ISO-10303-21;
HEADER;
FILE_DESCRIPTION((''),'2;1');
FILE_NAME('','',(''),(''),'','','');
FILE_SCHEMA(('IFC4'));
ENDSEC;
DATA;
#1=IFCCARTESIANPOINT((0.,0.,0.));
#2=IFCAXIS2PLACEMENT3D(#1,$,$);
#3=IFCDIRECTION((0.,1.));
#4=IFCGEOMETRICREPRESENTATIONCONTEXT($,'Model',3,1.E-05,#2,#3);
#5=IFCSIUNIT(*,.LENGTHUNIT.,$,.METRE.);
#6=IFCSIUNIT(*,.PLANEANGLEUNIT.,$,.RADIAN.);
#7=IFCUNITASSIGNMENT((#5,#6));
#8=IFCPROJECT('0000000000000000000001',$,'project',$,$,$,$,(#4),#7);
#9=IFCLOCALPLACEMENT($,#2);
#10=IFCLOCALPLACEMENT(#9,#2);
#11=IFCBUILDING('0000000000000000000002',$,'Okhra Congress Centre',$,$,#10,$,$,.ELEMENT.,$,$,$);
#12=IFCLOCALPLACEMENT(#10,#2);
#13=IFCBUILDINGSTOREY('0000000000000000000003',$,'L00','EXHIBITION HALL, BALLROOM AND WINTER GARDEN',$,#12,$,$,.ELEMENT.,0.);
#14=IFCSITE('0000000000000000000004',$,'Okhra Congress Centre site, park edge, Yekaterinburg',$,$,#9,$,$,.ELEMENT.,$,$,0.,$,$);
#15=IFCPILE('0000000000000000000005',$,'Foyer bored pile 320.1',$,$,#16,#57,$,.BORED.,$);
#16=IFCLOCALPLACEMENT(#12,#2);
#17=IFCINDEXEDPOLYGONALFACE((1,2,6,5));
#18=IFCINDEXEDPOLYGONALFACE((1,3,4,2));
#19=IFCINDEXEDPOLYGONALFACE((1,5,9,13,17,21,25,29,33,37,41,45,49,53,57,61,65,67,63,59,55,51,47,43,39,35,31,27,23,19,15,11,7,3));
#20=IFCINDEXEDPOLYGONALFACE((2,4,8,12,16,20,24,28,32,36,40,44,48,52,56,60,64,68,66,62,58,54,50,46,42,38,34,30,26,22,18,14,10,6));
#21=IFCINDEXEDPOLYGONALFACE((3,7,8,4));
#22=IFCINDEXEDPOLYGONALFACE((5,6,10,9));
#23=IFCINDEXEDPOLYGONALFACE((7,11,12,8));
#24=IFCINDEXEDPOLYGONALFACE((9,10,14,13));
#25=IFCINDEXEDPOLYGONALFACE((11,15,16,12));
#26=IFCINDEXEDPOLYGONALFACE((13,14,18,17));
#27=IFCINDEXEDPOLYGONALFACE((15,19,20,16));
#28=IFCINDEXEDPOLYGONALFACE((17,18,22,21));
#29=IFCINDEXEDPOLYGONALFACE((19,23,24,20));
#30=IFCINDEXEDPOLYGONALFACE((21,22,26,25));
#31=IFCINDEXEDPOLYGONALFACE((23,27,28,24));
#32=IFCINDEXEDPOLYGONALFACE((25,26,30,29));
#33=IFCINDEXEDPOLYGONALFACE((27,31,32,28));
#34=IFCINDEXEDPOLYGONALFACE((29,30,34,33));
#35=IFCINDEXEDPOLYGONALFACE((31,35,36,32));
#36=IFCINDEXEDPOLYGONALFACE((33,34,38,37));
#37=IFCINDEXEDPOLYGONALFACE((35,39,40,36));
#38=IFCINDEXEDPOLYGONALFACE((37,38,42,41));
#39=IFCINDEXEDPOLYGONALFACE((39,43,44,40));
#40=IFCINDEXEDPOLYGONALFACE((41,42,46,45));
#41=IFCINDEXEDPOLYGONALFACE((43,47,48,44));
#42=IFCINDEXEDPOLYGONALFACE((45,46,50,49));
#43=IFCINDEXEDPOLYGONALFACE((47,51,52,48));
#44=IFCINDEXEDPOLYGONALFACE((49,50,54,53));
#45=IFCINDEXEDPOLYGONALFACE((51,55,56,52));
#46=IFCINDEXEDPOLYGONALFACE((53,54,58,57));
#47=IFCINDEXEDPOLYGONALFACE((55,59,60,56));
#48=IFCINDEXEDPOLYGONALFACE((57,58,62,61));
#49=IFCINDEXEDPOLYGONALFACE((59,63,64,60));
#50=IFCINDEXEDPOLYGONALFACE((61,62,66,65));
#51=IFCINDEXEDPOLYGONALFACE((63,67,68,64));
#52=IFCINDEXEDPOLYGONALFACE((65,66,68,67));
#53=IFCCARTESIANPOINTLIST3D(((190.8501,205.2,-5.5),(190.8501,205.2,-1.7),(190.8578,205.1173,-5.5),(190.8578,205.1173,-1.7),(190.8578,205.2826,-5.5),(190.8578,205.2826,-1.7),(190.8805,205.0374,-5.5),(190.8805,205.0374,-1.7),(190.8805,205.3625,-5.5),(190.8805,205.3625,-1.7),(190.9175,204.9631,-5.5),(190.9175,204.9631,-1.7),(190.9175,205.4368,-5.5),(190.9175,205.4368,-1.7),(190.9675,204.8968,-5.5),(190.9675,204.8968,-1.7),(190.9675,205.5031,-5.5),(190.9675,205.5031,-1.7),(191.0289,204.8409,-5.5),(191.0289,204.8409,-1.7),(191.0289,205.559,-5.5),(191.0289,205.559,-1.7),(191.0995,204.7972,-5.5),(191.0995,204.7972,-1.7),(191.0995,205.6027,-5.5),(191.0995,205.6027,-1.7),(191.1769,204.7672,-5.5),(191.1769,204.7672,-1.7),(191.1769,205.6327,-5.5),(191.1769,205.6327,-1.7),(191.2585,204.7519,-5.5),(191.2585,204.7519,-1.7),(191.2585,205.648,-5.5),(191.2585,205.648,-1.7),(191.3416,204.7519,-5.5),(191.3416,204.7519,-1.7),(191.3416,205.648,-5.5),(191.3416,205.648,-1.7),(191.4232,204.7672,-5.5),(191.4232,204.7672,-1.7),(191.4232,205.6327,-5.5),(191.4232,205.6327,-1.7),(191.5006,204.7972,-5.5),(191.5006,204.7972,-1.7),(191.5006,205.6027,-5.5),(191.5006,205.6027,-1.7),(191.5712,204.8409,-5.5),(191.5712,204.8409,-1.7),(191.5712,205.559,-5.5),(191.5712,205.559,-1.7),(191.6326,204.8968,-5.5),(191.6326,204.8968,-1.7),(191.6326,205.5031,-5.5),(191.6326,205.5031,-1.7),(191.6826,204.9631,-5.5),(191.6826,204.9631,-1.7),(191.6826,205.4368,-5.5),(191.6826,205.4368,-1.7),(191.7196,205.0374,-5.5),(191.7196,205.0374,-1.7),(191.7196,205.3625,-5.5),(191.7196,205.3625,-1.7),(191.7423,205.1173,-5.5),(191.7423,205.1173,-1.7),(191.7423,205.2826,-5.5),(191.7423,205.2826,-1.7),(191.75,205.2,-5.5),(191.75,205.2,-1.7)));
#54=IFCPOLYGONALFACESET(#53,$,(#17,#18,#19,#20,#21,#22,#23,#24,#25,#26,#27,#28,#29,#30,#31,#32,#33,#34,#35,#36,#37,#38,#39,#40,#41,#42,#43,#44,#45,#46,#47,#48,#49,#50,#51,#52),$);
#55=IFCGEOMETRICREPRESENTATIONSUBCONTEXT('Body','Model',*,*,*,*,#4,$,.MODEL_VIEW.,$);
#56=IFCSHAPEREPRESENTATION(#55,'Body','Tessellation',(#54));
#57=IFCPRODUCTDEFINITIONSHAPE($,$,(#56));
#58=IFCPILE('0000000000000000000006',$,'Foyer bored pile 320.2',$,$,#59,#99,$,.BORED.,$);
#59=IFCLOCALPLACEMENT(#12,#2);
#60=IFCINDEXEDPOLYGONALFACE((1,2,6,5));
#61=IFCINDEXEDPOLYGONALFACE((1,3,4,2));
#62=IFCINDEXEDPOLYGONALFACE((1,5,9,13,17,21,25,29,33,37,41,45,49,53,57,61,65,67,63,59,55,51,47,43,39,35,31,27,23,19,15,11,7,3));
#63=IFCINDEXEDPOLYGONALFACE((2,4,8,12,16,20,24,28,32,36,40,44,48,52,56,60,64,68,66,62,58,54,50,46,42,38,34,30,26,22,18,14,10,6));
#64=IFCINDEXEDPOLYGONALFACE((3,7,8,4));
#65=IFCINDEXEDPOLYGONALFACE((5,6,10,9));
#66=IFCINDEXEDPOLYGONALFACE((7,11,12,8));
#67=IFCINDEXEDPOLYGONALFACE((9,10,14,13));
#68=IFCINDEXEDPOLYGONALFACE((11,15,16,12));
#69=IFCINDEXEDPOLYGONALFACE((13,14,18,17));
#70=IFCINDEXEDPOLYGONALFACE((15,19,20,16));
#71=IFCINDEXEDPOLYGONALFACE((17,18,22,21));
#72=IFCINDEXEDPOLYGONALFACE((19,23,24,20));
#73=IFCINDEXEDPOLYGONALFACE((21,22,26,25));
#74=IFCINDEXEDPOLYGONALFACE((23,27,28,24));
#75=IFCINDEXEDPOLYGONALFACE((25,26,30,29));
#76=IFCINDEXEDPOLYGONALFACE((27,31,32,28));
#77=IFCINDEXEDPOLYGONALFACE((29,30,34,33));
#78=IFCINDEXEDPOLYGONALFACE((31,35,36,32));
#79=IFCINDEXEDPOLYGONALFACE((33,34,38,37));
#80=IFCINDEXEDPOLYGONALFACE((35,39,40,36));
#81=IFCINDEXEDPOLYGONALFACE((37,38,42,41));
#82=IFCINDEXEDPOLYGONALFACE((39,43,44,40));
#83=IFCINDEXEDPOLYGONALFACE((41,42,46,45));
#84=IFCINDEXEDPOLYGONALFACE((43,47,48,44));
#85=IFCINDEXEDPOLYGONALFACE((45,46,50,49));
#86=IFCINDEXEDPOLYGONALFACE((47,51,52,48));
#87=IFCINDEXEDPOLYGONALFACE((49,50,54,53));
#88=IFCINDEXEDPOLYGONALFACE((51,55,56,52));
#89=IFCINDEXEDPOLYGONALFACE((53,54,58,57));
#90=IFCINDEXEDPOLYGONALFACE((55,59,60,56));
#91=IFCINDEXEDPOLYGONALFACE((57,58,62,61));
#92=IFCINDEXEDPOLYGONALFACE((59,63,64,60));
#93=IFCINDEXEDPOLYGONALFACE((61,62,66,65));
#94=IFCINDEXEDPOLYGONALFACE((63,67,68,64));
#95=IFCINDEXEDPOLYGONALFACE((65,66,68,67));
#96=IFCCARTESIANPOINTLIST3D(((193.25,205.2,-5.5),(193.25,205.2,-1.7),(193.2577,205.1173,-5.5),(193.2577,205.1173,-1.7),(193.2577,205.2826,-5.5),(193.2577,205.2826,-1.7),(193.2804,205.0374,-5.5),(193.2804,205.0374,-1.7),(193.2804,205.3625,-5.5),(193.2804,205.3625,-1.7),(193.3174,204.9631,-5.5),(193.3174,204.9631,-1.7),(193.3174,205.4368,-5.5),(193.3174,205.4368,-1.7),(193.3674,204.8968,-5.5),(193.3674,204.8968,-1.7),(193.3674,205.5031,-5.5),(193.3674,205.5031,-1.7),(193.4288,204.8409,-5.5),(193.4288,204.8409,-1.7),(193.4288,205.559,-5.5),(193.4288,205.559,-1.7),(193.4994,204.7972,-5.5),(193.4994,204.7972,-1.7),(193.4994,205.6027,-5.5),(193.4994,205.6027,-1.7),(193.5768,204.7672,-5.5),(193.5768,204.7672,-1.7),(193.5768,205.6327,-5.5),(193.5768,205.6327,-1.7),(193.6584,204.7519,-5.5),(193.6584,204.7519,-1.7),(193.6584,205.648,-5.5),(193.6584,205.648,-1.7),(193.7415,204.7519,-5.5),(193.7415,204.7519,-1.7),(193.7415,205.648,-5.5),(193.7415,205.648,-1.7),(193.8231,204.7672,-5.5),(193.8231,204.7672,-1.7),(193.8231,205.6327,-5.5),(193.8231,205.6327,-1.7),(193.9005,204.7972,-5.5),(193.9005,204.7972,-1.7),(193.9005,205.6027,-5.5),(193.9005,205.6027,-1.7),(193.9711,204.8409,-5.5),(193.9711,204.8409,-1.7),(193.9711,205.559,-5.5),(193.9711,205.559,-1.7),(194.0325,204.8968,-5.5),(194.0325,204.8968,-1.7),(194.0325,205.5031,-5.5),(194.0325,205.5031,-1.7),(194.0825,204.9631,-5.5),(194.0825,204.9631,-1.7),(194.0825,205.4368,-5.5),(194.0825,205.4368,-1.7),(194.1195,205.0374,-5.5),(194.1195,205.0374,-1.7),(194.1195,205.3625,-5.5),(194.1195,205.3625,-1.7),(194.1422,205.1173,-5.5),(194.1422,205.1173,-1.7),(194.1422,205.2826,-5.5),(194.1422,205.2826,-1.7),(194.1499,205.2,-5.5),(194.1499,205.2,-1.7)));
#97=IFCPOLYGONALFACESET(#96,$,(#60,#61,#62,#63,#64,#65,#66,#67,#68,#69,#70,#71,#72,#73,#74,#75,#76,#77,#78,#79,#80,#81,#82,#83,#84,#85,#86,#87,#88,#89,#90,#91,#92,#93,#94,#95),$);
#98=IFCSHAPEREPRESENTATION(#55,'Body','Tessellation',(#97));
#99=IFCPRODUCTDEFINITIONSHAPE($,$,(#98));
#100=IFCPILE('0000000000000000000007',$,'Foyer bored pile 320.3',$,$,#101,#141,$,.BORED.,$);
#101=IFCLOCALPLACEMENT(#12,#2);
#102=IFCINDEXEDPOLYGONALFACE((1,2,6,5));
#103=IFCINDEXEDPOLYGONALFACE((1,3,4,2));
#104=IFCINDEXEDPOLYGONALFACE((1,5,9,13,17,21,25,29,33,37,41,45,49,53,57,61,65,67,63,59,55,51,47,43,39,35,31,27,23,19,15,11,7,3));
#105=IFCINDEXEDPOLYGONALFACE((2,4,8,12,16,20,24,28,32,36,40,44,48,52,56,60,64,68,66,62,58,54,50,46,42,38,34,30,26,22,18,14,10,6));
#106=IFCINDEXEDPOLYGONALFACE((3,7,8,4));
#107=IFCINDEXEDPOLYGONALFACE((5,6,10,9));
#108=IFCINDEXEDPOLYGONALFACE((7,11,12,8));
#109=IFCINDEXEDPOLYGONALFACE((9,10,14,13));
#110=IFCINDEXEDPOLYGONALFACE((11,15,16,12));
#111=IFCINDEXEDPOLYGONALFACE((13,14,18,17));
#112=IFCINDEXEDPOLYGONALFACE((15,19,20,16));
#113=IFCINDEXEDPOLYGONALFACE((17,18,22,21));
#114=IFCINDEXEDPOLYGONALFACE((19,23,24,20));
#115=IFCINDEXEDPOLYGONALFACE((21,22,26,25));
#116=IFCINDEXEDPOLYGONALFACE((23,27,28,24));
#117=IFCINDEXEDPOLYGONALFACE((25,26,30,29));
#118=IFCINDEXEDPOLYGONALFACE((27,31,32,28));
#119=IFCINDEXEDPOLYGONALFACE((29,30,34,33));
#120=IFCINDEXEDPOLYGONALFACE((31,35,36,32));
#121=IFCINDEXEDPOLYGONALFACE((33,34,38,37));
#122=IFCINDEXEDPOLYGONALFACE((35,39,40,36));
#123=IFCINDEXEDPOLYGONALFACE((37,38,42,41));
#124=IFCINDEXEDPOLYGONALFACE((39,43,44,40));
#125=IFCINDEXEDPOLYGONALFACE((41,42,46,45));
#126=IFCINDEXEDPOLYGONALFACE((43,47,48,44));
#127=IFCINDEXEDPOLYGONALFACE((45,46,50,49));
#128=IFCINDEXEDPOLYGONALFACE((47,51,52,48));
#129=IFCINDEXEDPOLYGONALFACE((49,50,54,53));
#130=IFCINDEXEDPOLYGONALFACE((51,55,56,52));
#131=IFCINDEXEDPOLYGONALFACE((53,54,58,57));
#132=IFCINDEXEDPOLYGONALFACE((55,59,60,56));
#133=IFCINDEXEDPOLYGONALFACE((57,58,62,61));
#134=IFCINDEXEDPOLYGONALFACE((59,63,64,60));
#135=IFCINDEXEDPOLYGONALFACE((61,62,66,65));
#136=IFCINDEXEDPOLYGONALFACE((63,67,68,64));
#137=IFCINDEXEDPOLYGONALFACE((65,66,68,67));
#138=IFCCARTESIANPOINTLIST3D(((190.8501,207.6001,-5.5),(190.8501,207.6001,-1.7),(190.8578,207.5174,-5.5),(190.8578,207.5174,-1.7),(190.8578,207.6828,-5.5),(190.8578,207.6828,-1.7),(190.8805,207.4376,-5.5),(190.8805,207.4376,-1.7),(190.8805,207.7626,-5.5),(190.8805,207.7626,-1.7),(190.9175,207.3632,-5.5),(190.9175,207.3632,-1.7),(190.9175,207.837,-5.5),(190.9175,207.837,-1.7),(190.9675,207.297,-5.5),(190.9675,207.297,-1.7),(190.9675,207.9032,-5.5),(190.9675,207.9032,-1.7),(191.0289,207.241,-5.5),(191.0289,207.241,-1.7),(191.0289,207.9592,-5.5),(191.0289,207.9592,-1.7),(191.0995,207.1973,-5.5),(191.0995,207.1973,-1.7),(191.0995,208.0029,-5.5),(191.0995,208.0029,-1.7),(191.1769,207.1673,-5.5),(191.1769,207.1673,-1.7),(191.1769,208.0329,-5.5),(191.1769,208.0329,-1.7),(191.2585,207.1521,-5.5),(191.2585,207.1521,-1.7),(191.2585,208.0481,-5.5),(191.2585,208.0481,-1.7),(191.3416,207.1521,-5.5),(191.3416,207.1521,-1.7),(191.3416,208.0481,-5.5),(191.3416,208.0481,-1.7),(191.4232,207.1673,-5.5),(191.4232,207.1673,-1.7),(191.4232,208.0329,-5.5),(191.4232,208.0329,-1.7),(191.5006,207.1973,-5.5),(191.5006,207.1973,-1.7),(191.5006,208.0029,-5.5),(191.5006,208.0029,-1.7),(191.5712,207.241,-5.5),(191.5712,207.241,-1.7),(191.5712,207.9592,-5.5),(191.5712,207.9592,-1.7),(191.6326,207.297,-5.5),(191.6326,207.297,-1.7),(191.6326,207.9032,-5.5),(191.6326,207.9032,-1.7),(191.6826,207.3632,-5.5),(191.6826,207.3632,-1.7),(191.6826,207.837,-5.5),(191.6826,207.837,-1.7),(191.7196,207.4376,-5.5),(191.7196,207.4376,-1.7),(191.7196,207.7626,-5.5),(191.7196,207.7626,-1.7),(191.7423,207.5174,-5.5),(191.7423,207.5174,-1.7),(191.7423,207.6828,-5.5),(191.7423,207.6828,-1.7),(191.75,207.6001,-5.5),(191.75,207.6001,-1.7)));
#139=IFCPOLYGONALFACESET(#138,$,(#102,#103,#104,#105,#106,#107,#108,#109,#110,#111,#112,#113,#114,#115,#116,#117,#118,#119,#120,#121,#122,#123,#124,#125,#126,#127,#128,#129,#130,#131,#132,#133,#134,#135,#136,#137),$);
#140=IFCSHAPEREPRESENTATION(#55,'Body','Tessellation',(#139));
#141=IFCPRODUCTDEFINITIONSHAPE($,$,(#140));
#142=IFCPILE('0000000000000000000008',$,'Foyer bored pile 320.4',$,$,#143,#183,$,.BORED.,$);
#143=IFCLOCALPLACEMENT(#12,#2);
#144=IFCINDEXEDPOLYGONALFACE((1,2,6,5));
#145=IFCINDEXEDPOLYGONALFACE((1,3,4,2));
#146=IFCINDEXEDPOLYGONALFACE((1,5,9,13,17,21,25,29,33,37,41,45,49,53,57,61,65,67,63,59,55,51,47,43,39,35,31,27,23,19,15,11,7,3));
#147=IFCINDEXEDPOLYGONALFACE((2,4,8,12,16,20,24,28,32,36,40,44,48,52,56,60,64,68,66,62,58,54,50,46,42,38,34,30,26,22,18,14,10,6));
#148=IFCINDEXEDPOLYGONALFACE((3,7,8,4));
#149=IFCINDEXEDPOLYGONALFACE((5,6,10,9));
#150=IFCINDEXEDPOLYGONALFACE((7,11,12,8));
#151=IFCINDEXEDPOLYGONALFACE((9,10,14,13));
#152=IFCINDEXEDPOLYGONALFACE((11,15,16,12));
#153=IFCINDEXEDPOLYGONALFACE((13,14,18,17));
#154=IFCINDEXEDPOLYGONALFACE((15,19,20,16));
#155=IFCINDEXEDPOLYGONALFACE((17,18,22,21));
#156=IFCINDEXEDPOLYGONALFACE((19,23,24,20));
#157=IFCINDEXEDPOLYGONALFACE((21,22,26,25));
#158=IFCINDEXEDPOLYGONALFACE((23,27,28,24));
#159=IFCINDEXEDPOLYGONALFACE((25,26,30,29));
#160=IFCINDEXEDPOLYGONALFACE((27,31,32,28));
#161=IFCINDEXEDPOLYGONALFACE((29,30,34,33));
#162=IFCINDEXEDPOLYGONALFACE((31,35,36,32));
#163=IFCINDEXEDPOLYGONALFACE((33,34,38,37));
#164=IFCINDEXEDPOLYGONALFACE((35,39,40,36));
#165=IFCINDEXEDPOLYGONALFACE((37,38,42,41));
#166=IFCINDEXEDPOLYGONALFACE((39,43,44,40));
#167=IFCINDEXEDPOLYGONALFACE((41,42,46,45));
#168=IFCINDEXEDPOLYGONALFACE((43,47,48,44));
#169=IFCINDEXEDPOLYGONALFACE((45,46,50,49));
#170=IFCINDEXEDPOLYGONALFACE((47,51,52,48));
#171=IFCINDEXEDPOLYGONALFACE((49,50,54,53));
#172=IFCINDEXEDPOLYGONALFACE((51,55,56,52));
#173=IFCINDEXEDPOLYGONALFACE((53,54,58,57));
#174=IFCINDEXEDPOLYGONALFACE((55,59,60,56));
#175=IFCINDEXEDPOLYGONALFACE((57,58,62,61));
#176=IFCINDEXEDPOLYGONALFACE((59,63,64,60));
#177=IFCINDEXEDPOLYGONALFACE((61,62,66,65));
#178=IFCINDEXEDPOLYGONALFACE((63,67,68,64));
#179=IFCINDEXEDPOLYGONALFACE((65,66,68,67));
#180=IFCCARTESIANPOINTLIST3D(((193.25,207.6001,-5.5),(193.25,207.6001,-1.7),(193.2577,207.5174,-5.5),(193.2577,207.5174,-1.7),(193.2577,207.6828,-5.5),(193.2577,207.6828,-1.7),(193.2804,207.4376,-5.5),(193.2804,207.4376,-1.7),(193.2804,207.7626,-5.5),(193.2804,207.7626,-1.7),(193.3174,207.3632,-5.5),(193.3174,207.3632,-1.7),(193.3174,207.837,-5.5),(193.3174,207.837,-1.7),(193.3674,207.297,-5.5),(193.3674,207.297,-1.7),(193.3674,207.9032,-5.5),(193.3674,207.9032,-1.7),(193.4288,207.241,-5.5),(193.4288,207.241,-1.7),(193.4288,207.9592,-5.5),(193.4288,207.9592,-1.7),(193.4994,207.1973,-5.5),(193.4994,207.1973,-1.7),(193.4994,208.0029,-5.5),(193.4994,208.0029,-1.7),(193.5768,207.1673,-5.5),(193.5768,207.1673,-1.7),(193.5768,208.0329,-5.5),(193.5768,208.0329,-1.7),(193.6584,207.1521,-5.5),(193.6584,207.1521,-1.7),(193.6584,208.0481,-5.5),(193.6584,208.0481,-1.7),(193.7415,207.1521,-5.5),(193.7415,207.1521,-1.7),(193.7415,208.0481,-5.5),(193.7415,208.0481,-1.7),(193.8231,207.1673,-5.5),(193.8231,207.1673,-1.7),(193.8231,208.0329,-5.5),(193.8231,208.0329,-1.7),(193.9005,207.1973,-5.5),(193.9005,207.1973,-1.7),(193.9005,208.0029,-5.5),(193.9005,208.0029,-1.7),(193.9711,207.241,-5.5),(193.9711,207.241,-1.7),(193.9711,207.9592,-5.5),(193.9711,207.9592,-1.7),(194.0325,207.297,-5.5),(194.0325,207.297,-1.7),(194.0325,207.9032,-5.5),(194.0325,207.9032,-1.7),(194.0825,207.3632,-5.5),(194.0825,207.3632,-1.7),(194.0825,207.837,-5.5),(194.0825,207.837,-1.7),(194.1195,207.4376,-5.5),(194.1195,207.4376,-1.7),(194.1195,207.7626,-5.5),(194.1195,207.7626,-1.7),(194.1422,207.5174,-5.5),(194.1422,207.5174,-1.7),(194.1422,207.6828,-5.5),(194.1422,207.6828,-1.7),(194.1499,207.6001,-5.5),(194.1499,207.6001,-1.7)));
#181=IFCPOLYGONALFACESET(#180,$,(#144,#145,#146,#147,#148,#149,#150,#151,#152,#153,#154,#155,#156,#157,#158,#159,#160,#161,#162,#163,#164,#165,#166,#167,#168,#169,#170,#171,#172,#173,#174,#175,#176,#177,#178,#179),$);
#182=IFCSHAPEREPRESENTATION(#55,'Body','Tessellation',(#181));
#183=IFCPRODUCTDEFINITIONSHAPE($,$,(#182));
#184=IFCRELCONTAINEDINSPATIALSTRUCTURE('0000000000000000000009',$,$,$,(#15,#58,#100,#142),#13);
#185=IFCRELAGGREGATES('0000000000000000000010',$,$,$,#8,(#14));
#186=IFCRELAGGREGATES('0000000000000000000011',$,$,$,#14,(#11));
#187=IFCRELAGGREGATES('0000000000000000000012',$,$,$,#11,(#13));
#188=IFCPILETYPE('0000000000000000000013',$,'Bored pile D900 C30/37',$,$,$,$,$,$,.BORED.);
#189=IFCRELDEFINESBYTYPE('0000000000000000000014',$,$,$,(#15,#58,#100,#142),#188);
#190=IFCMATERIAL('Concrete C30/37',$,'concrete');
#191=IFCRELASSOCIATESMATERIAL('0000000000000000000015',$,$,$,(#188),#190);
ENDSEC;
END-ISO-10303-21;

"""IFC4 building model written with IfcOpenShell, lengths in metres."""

from ifc_helpers import new_model, si_unit, direction, frame, origin, origin_2d, place, context, subcontext, project, spatial, circle, extrude, material, material_profile, profile_set, type_object, element, save


model = new_model("IFC4")

# Units and contexts
model_context = context("Model", 3, precision=1e-05, world=origin(), true_north=direction((0.0, 1.0)))
body_context = subcontext(model_context, "Body", "Model", "MODEL_VIEW")
ifc_project = project(units=[si_unit("LENGTHUNIT", "METRE"), si_unit("PLANEANGLEUNIT", "RADIAN")], contexts=[model_context])

# Site, building, storey
site_placement = place(None, origin())
site = spatial("IfcSite", under=ifc_project, at=site_placement, Name="Okhra Congress Centre site, park edge, Yekaterinburg", CompositionType="ELEMENT", RefElevation=0.0)
building_placement = place(site_placement, origin())
building = spatial("IfcBuilding", under=site, at=building_placement, Name="Okhra Congress Centre", CompositionType="ELEMENT")
storey_placement = place(building_placement, origin())
storey = spatial("IfcBuildingStorey", under=building, at=storey_placement, Name="L00", Description="EXHIBITION HALL, BALLROOM AND WINTER GARDEN", CompositionType="ELEMENT", Elevation=0.0)

# Piles
ifc_material_1 = material(Name="Concrete C30/37", Category="concrete")
ifc_material_profile_1 = material_profile(ifc_material_1, circle(Radius=0.45, at=origin_2d()), Name="D900")
ifc_profile_set_1 = profile_set([ifc_material_profile_1], Name="Concrete C30/37")
pile_type = type_object("IfcPileType", Name="Bored pile D900 C30/37", PredefinedType="BORED", material=ifc_profile_set_1)
for number, where, z_axis, x_axis, name in (
    (1, (191.3, 205.2, -1.7), (0.0, 0.0, -1.0), (1.0, 0.0, 0.0), "Foyer bored pile 320.1"),
    (2, (193.7, 205.2, -1.7), (0.0, 0.0, -1.0), (1.0, 0.0, 0.0), "Foyer bored pile 320.2"),
    (3, (191.3, 207.6001, -1.7), (0.0, 0.0, -1.0), (1.0, 0.0, 0.0), "Foyer bored pile 320.3"),
    (4, (193.7, 207.6001, -1.7), (0.0, 0.0, -1.0), (1.0, 0.0, 0.0), "Foyer bored pile 320.4"),
):
    element("IfcPile", number, at=place(storey_placement, frame(where, z_axis=z_axis, x_axis=x_axis)), inside=storey, type_object=pile_type, Name=name, PredefinedType="BORED", context=body_context, shape_type="SweptSolid", body=[
        extrude(circle(Radius=0.45, at=origin_2d()), origin(), (0.0, 0.0, 1.0), 3.8),
    ])

save(model, "model.ifc")
